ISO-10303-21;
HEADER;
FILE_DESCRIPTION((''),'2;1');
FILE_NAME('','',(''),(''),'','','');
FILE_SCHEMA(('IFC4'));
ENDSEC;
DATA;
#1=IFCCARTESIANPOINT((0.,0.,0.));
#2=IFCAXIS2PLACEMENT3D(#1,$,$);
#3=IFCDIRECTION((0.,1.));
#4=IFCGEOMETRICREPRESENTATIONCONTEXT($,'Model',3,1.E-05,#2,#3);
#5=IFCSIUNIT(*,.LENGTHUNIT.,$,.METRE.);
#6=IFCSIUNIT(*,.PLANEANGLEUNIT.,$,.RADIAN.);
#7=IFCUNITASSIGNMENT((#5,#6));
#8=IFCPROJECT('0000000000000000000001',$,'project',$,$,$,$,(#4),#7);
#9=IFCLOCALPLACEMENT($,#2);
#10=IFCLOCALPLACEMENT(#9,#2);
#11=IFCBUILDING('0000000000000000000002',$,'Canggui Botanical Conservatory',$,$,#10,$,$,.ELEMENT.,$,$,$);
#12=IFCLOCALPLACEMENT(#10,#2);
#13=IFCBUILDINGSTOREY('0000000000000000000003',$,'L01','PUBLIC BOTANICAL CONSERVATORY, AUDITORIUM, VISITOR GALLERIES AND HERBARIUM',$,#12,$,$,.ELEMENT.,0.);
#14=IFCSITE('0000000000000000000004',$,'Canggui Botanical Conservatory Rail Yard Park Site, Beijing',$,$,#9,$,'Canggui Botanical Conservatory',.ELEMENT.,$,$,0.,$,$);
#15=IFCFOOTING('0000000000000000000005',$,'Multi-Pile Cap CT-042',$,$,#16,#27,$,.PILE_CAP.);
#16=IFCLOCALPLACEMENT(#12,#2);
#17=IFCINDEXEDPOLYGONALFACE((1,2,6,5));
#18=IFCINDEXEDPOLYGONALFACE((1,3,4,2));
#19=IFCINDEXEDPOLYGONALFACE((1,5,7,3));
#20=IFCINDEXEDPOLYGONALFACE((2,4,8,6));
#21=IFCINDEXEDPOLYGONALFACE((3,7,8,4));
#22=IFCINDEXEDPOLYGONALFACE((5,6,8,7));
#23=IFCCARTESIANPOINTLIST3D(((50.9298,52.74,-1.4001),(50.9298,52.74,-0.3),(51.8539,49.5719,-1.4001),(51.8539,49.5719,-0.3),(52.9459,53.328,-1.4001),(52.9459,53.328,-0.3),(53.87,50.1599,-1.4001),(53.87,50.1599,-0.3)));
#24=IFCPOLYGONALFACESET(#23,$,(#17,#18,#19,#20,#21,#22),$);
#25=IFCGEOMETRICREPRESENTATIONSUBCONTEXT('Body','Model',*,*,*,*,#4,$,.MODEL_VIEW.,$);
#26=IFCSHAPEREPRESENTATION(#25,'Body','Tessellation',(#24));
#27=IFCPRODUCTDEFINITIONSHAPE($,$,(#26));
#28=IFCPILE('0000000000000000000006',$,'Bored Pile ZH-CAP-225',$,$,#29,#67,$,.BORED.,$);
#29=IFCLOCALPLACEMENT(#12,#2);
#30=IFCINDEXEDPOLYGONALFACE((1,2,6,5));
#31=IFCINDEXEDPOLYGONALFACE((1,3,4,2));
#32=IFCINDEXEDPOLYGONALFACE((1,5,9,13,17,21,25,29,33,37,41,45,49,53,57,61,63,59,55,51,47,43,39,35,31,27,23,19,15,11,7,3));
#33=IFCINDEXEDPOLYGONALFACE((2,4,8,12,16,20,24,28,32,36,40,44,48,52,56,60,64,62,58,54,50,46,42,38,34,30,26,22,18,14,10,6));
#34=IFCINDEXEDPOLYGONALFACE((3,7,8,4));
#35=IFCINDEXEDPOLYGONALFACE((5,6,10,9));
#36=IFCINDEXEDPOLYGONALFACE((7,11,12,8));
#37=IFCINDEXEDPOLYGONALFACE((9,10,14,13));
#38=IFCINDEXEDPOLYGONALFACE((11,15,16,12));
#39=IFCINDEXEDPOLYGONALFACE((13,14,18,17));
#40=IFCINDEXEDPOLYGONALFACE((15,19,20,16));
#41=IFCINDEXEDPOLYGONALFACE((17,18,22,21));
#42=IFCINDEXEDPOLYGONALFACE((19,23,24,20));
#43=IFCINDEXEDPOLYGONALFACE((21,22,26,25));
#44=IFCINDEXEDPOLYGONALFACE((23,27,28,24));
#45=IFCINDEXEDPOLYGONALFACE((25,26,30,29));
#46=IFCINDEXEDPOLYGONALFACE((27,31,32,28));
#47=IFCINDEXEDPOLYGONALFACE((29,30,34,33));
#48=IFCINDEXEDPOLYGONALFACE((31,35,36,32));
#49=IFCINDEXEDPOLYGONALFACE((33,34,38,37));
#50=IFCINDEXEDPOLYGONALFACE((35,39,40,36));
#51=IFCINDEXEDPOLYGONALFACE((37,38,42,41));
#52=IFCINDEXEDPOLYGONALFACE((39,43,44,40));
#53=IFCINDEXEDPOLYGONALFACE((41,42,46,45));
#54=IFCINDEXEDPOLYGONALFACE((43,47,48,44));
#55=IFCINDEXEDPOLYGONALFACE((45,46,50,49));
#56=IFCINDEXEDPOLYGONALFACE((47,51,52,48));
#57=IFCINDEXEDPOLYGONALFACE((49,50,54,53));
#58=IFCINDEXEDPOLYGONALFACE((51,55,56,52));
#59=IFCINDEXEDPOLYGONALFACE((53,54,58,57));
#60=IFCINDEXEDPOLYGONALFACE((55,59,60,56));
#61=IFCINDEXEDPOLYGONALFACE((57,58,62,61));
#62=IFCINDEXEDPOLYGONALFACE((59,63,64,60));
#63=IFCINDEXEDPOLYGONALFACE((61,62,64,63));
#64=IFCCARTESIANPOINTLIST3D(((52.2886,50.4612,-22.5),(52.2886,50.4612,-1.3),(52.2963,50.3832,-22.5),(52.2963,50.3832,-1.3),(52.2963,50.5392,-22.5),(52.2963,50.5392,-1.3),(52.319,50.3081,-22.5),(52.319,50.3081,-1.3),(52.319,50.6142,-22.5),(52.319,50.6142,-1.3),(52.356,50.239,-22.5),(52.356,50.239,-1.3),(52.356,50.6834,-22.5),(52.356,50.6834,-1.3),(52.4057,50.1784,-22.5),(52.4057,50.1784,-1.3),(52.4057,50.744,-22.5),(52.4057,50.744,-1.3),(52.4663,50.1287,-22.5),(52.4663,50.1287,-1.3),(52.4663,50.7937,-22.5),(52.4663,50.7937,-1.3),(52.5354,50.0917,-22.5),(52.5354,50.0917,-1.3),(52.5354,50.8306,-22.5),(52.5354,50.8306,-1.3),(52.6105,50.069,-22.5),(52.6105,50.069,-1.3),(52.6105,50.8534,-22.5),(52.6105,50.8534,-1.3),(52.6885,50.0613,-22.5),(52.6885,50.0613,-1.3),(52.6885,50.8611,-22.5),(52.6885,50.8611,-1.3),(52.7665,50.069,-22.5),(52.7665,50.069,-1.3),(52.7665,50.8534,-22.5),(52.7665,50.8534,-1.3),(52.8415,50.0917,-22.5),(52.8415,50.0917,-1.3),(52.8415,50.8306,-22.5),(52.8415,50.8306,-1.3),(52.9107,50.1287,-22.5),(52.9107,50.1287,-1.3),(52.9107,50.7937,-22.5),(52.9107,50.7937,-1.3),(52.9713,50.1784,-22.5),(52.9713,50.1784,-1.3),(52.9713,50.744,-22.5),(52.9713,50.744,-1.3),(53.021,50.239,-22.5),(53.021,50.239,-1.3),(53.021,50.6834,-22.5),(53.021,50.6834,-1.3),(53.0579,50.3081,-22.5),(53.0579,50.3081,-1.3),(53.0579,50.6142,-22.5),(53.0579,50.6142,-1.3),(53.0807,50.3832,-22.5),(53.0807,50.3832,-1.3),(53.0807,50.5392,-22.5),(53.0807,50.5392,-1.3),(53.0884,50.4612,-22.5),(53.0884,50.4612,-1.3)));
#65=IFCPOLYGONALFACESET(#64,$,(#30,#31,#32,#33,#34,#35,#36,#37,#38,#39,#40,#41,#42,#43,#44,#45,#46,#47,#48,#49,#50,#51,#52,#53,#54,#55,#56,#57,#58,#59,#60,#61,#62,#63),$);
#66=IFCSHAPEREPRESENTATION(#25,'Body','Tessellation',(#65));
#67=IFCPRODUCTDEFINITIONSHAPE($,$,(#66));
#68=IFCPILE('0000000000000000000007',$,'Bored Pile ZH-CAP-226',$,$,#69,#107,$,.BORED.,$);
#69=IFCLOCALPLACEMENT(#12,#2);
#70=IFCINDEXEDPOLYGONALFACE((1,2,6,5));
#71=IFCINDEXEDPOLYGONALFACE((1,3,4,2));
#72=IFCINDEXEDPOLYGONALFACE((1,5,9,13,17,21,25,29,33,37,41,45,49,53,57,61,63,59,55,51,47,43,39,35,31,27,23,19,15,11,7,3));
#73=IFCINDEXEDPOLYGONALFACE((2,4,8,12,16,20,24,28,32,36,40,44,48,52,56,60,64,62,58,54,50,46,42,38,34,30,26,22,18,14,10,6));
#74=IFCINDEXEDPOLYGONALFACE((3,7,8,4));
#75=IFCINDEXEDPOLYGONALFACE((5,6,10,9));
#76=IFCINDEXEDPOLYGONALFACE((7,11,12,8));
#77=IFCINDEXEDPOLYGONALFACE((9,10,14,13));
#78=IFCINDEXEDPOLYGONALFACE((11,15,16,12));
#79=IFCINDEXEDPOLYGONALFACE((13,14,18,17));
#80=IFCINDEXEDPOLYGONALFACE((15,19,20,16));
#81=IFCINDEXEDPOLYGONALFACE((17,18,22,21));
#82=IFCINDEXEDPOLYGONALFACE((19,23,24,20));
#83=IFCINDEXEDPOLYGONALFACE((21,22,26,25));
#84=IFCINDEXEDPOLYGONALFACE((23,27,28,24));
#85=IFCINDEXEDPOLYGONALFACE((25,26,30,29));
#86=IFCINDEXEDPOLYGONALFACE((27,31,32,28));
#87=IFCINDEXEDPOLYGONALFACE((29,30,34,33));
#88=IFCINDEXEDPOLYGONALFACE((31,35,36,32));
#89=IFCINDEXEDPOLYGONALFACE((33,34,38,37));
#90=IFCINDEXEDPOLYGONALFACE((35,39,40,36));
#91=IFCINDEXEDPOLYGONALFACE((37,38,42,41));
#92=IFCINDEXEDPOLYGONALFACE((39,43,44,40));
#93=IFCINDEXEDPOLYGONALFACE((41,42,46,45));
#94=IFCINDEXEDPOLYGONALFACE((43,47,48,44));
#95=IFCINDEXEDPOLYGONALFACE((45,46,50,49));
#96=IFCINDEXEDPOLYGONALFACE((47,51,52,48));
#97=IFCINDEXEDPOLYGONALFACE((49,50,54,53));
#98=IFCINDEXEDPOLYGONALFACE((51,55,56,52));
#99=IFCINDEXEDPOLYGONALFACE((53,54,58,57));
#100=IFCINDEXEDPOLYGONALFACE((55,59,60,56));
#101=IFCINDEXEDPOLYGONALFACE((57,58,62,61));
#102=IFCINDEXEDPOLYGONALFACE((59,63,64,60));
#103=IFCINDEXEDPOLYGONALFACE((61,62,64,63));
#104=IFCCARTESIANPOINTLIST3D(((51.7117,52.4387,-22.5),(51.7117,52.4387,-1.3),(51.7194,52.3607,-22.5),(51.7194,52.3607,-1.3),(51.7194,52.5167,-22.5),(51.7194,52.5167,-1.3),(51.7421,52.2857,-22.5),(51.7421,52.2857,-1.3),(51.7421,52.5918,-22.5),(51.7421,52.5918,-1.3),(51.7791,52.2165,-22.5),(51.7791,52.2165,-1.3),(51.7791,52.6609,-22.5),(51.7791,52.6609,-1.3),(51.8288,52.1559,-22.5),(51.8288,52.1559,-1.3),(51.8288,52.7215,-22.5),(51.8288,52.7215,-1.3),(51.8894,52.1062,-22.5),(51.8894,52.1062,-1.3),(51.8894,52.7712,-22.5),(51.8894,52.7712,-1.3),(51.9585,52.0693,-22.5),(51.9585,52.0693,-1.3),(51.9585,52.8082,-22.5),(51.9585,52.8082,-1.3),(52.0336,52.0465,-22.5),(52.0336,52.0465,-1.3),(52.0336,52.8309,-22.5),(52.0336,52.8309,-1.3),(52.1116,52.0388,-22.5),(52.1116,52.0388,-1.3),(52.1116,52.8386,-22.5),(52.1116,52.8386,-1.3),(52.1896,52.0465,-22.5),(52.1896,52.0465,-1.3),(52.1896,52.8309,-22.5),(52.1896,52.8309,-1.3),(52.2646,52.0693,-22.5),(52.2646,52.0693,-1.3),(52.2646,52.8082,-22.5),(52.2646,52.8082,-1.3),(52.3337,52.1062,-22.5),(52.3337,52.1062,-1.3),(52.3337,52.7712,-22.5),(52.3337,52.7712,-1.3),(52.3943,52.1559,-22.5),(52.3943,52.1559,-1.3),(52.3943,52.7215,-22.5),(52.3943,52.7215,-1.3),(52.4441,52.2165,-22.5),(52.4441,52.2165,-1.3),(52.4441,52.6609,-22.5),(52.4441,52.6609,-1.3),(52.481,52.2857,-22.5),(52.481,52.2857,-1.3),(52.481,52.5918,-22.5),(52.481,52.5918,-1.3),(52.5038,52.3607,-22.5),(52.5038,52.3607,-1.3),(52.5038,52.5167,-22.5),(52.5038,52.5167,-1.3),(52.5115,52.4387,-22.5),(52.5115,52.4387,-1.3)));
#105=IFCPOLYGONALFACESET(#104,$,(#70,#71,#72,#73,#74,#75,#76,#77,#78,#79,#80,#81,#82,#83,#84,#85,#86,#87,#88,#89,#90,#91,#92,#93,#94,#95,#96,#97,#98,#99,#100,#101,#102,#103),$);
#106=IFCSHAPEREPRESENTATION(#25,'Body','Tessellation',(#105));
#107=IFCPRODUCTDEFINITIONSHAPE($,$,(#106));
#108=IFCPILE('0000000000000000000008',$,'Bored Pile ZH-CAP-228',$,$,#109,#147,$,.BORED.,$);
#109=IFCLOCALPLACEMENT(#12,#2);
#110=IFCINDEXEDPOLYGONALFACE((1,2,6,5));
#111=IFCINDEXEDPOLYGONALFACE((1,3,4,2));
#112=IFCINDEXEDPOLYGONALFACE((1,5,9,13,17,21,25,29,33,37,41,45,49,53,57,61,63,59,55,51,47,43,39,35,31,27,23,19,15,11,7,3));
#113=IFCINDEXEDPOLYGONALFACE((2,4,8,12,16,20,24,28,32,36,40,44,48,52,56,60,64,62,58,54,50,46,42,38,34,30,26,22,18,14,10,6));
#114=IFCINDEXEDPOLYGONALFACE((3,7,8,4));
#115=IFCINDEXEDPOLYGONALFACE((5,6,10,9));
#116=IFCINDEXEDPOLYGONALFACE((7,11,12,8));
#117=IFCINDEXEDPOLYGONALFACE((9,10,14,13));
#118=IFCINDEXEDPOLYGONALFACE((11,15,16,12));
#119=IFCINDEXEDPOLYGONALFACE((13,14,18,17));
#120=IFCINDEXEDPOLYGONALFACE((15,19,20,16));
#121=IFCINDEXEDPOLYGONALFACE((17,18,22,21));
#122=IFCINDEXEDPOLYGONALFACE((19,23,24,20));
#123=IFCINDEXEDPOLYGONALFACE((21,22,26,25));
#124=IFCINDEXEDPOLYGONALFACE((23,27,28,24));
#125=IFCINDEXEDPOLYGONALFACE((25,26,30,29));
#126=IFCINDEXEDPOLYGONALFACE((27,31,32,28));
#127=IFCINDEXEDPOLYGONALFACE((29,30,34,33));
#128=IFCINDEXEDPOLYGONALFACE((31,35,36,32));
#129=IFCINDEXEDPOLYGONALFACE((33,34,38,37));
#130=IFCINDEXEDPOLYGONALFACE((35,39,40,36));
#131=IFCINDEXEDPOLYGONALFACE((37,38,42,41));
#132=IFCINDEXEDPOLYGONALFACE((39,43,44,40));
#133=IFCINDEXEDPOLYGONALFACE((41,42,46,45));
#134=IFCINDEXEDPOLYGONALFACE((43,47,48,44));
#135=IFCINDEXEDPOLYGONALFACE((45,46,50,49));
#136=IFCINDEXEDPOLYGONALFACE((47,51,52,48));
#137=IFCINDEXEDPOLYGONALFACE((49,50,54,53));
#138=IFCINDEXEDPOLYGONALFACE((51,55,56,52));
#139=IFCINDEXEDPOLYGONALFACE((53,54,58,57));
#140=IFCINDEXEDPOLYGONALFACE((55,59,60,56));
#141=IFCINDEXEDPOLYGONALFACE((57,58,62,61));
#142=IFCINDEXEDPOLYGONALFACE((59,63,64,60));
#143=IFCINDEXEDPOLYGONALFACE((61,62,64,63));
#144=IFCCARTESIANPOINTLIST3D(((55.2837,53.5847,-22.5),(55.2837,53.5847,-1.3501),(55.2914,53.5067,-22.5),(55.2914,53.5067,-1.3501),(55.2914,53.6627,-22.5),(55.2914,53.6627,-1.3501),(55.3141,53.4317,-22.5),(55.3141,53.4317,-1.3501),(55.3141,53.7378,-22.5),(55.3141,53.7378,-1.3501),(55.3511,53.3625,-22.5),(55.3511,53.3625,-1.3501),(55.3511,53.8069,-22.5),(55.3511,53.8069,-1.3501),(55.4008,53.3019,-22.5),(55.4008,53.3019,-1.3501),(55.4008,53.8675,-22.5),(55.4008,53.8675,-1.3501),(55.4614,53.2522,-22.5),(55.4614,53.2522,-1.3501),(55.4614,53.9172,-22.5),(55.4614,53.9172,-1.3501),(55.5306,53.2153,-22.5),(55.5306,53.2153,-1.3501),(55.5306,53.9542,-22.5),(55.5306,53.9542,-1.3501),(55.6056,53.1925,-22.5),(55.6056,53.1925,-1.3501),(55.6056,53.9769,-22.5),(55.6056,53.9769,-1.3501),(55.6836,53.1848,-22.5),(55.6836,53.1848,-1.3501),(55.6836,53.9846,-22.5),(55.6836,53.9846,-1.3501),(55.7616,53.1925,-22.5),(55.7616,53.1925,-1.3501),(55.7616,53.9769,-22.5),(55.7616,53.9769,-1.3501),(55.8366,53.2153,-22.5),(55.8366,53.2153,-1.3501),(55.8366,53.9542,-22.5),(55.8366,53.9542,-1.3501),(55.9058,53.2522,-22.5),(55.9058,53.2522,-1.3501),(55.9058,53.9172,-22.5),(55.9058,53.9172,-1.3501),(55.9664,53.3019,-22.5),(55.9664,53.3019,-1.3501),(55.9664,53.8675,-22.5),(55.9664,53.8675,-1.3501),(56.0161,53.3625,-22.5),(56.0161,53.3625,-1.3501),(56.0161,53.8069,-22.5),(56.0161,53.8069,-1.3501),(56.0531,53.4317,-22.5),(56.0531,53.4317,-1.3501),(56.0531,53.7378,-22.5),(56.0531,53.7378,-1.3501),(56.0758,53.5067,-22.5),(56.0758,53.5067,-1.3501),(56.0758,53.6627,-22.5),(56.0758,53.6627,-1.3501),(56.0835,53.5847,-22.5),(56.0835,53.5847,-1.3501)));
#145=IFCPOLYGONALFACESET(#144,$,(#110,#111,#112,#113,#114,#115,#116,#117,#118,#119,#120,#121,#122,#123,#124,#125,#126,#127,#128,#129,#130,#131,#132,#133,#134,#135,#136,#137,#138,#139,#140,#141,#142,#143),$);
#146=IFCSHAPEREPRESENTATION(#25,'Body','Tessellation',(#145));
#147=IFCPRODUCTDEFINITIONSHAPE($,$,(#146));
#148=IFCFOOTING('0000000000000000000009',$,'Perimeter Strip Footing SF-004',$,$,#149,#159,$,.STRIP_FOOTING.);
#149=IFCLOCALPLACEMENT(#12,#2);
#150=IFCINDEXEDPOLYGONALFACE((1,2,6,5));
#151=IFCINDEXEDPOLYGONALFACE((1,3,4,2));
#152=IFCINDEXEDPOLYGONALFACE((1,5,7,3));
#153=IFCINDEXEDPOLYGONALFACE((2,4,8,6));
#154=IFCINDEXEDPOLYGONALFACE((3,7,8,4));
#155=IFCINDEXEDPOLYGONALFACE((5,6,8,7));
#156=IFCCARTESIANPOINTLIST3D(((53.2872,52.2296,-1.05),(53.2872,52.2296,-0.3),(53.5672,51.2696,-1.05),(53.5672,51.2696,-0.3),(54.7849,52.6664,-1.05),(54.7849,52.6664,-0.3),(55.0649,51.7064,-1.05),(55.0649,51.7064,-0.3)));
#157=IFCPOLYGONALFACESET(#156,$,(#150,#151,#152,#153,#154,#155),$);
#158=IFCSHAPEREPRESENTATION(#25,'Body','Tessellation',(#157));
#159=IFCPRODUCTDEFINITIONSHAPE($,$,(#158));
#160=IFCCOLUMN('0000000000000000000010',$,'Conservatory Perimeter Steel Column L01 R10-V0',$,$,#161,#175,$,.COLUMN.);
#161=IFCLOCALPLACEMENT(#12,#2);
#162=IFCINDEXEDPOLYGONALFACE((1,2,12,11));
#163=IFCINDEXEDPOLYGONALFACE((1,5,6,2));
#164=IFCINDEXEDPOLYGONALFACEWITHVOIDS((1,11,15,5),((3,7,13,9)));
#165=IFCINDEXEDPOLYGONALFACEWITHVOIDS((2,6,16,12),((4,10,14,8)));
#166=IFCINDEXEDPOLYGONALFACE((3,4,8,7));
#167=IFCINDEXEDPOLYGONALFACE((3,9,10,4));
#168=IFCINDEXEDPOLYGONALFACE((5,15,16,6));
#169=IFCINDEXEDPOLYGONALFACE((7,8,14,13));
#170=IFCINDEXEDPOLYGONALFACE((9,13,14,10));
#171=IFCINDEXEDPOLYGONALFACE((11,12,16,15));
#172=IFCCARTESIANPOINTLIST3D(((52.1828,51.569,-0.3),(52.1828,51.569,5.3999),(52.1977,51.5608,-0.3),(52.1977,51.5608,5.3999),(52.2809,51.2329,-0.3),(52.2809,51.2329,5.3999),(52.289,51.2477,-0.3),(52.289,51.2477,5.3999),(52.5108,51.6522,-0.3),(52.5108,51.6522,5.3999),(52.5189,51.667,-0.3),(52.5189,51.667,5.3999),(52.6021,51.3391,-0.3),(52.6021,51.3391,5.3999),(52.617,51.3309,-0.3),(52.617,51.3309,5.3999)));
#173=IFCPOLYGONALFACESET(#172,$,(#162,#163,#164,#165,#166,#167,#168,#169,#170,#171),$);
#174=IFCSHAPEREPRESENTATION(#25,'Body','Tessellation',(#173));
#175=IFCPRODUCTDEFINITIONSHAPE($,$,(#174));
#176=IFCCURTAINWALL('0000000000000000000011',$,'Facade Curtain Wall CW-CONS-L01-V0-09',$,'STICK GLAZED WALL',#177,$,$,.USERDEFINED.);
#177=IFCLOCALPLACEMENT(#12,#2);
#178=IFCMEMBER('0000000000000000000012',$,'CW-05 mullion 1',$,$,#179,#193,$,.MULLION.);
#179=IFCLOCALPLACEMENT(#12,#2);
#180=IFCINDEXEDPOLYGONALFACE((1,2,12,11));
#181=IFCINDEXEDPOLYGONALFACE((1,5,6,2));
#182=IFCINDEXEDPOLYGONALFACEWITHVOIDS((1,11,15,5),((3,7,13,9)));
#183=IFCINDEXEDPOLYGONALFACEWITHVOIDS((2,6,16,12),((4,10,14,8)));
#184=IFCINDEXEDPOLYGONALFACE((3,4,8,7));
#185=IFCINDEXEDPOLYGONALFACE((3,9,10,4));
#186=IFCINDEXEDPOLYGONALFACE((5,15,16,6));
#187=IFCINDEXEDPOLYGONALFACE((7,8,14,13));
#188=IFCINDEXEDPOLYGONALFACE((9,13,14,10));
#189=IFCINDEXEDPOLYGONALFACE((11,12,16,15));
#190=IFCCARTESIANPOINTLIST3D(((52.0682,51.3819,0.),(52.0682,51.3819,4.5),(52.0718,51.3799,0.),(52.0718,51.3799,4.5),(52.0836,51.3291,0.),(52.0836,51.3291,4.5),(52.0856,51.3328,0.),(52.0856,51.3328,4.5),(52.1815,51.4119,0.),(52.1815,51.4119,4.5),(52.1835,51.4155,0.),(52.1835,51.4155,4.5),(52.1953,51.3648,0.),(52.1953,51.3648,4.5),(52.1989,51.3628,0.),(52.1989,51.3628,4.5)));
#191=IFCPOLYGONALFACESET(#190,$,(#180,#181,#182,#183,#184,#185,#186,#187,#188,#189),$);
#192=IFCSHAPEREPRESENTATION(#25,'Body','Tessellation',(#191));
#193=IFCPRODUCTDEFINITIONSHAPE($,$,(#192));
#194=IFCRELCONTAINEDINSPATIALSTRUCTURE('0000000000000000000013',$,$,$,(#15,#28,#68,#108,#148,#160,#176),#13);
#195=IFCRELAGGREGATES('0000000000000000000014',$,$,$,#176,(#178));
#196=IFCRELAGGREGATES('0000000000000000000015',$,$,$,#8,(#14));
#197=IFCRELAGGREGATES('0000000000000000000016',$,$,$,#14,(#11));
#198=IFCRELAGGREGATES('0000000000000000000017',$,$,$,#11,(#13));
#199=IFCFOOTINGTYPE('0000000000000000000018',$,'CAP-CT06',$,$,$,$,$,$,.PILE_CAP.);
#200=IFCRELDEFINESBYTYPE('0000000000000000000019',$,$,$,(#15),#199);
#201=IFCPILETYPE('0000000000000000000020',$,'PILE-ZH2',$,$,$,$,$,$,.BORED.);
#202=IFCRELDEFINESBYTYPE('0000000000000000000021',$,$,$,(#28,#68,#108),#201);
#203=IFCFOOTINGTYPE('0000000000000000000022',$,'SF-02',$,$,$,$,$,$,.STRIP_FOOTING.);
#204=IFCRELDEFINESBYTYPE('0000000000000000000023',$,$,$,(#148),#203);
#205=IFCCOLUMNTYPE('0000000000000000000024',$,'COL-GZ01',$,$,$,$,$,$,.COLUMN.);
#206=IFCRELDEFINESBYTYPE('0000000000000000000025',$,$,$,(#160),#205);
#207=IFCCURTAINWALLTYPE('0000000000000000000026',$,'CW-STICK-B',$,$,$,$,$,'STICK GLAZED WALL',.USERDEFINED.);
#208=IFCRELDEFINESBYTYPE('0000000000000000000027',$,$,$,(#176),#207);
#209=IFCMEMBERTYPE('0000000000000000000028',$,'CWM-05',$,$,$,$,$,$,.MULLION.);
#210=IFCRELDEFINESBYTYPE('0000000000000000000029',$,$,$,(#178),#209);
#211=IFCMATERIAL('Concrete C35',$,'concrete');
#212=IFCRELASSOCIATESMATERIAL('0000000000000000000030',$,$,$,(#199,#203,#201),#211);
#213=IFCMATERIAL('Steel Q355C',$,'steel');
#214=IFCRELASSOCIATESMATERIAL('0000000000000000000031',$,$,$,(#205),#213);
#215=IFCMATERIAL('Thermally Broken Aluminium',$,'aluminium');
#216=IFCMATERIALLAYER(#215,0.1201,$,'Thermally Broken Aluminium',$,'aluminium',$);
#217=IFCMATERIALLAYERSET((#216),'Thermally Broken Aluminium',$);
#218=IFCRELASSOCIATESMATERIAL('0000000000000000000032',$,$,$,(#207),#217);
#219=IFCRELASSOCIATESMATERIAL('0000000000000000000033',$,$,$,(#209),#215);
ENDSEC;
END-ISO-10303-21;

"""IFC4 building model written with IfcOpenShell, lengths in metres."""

from ifc_helpers import new_model, si_unit, direction, frame, origin, origin_2d, place, context, subcontext, project, spatial, rectangle, hollow_rectangle, circle, extrude, material, layer, layer_set, material_profile, profile_set, type_object, element, aggregate, save


model = new_model("IFC4")

# Units and contexts
model_context = context("Model", 3, precision=1e-05, world=origin(), true_north=direction((0.0, 1.0)))
body_context = subcontext(model_context, "Body", "Model", "MODEL_VIEW")
ifc_project = project(units=[si_unit("LENGTHUNIT", "METRE"), si_unit("PLANEANGLEUNIT", "RADIAN")], contexts=[model_context])

# Site, building, storey
site_placement = place(None, origin())
site = spatial("IfcSite", under=ifc_project, at=site_placement, Name="Canggui Botanical Conservatory Rail Yard Park Site, Beijing", LongName="Canggui Botanical Conservatory", CompositionType="ELEMENT", RefElevation=0.0)
building_placement = place(site_placement, origin())
building = spatial("IfcBuilding", under=site, at=building_placement, Name="Canggui Botanical Conservatory", CompositionType="ELEMENT")
storey_placement = place(building_placement, origin())
storey = spatial("IfcBuildingStorey", under=building, at=storey_placement, Name="L01", Description="PUBLIC BOTANICAL CONSERVATORY, AUDITORIUM, VISITOR GALLERIES AND HERBARIUM", CompositionType="ELEMENT", Elevation=0.0)

# Footing
ifc_material_1 = material(Name="Concrete C35", Category="concrete")
footing_type_1 = type_object("IfcFootingType", Name="CAP-CT06", PredefinedType="PILE_CAP", material=ifc_material_1)
footing_1_placement = place(storey_placement, frame((52.3999, 51.45, -1.4001), z_axis=(0.0, 0.0, 1.0), x_axis=(-0.28, 0.96, 0.0)))
element("IfcFooting", 1, at=footing_1_placement, inside=storey, type_object=footing_type_1, Name="Multi-Pile Cap CT-042", PredefinedType="PILE_CAP", context=body_context, shape_type="SweptSolid", body=[
    extrude(rectangle(XDim=3.3, YDim=2.1001, at=origin_2d()), origin(), (0.0, 0.0, 1.0), 1.1001),
])

# Piles
ifc_material_profile_1 = material_profile(ifc_material_1, circle(Radius=0.3999, at=origin_2d()), Name="PILE D800")
ifc_profile_set_1 = profile_set([ifc_material_profile_1], Name="Concrete C35")
pile_type = type_object("IfcPileType", Name="PILE-ZH2", PredefinedType="BORED", material=ifc_profile_set_1)
for number, where, z_axis, x_axis, name in (
    (2, (52.6885, 50.4612, -1.3), (0.0, 0.0, -1.0), (1.0, 0.0, 0.0), "Bored Pile ZH-CAP-225"),
    (3, (52.1116, 52.4387, -1.3), (0.0, 0.0, -1.0), (1.0, 0.0, 0.0), "Bored Pile ZH-CAP-226"),
):
    element("IfcPile", number, at=place(storey_placement, frame(where, z_axis=z_axis, x_axis=x_axis)), inside=storey, type_object=pile_type, Name=name, PredefinedType="BORED", context=body_context, shape_type="SweptSolid", body=[
        extrude(circle(Radius=0.3999, at=origin_2d()), origin(), (0.0, 0.0, 1.0), 21.2),
    ])
pile_placement = place(storey_placement, frame((55.6836, 53.5847, -1.3501), z_axis=(0.0, 0.0, -1.0), x_axis=(1.0, 0.0, 0.0)))
element("IfcPile", 4, at=pile_placement, inside=storey, type_object=pile_type, Name="Bored Pile ZH-CAP-228", PredefinedType="BORED", context=body_context, shape_type="SweptSolid", body=[
    extrude(circle(Radius=0.3999, at=origin_2d()), origin(), (0.0, 0.0, 1.0), 21.1499),
])

# Footing
footing_type_2 = type_object("IfcFootingType", Name="SF-02", PredefinedType="STRIP_FOOTING", material=ifc_material_1)
footing_2_placement = place(storey_placement, frame((54.176, 51.968, -1.05), z_axis=(0.0, 0.0, 1.0), x_axis=(0.96, 0.28, 0.0)))
element("IfcFooting", 5, at=footing_2_placement, inside=storey, type_object=footing_type_2, Name="Perimeter Strip Footing SF-004", PredefinedType="STRIP_FOOTING", context=body_context, shape_type="SweptSolid", body=[
    extrude(rectangle(XDim=1.5601, YDim=1.0, at=origin_2d()), origin(), (0.0, 0.0, 1.0), 0.75),
])

# Column
ifc_material_2 = material(Name="Steel Q355C", Category="steel")
ifc_material_profile_2 = material_profile(ifc_material_2, hollow_rectangle(XDim=0.3501, YDim=0.3501, WallThickness=0.012, at=origin_2d()), Name="SHS 350x350x12")
ifc_profile_set_2 = profile_set([ifc_material_profile_2], Name="Steel Q355C")
column_type = type_object("IfcColumnType", Name="COL-GZ01", PredefinedType="COLUMN", material=ifc_profile_set_2)
column_placement = place(storey_placement, frame((52.3999, 51.45, -0.3), z_axis=(0.0, 0.0, 1.0), x_axis=(0.96, 0.28, 0.0)))
element("IfcColumn", 6, at=column_placement, inside=storey, type_object=column_type, Name="Conservatory Perimeter Steel Column L01 R10-V0", PredefinedType="COLUMN", context=body_context, shape_type="SweptSolid", body=[
    extrude(hollow_rectangle(XDim=0.3501, YDim=0.3501, WallThickness=0.012, at=origin_2d()), origin(), (0.0, 0.0, 1.0), 5.7),
])

# Curtain wall, member
ifc_material_3 = material(Name="Thermally Broken Aluminium", Category="aluminium")
ifc_layer_1 = layer(ifc_material_3, 0.1201, Name="Thermally Broken Aluminium", Category="aluminium")
ifc_layer_set_1 = layer_set([ifc_layer_1], Name="Thermally Broken Aluminium")
curtain_wall_type = type_object("IfcCurtainWallType", Name="CW-STICK-B", ElementType="STICK GLAZED WALL", PredefinedType="USERDEFINED", material=ifc_layer_set_1)
curtain_wall_1_placement = place(storey_placement, origin())
curtain_wall_1 = element("IfcCurtainWall", 7, at=curtain_wall_1_placement, inside=storey, type_object=curtain_wall_type, Name="Facade Curtain Wall CW-CONS-L01-V0-09", ObjectType="STICK GLAZED WALL", PredefinedType="USERDEFINED")
ifc_material_profile_3 = material_profile(ifc_material_3, hollow_rectangle(XDim=0.0549, YDim=0.1201, WallThickness=0.0029, at=origin_2d()), Name="CWM 55x120x3")
ifc_profile_set_3 = profile_set([ifc_material_profile_3], Name="Thermally Broken Aluminium")
member_type_1 = type_object("IfcMemberType", Name="CWM-05", PredefinedType="MULLION", material=ifc_profile_set_3)
member_1_placement = place(storey_placement, frame((52.1335, 51.3723, 0.0), z_axis=(0.0, 0.0, 1.0), x_axis=(0.28, -0.96, 0.0)))
member_1 = element("IfcMember", 8, at=member_1_placement, type_object=member_type_1, Name="CW-05 mullion 1", PredefinedType="MULLION", context=body_context, shape_type="SweptSolid", body=[
    extrude(hollow_rectangle(XDim=0.0549, YDim=0.1201, WallThickness=0.0029, at=origin_2d()), origin(), (0.0, 0.0, 1.0), 4.5),
])

aggregate(curtain_wall_1, [member_1])

save(model, "model.ifc")
